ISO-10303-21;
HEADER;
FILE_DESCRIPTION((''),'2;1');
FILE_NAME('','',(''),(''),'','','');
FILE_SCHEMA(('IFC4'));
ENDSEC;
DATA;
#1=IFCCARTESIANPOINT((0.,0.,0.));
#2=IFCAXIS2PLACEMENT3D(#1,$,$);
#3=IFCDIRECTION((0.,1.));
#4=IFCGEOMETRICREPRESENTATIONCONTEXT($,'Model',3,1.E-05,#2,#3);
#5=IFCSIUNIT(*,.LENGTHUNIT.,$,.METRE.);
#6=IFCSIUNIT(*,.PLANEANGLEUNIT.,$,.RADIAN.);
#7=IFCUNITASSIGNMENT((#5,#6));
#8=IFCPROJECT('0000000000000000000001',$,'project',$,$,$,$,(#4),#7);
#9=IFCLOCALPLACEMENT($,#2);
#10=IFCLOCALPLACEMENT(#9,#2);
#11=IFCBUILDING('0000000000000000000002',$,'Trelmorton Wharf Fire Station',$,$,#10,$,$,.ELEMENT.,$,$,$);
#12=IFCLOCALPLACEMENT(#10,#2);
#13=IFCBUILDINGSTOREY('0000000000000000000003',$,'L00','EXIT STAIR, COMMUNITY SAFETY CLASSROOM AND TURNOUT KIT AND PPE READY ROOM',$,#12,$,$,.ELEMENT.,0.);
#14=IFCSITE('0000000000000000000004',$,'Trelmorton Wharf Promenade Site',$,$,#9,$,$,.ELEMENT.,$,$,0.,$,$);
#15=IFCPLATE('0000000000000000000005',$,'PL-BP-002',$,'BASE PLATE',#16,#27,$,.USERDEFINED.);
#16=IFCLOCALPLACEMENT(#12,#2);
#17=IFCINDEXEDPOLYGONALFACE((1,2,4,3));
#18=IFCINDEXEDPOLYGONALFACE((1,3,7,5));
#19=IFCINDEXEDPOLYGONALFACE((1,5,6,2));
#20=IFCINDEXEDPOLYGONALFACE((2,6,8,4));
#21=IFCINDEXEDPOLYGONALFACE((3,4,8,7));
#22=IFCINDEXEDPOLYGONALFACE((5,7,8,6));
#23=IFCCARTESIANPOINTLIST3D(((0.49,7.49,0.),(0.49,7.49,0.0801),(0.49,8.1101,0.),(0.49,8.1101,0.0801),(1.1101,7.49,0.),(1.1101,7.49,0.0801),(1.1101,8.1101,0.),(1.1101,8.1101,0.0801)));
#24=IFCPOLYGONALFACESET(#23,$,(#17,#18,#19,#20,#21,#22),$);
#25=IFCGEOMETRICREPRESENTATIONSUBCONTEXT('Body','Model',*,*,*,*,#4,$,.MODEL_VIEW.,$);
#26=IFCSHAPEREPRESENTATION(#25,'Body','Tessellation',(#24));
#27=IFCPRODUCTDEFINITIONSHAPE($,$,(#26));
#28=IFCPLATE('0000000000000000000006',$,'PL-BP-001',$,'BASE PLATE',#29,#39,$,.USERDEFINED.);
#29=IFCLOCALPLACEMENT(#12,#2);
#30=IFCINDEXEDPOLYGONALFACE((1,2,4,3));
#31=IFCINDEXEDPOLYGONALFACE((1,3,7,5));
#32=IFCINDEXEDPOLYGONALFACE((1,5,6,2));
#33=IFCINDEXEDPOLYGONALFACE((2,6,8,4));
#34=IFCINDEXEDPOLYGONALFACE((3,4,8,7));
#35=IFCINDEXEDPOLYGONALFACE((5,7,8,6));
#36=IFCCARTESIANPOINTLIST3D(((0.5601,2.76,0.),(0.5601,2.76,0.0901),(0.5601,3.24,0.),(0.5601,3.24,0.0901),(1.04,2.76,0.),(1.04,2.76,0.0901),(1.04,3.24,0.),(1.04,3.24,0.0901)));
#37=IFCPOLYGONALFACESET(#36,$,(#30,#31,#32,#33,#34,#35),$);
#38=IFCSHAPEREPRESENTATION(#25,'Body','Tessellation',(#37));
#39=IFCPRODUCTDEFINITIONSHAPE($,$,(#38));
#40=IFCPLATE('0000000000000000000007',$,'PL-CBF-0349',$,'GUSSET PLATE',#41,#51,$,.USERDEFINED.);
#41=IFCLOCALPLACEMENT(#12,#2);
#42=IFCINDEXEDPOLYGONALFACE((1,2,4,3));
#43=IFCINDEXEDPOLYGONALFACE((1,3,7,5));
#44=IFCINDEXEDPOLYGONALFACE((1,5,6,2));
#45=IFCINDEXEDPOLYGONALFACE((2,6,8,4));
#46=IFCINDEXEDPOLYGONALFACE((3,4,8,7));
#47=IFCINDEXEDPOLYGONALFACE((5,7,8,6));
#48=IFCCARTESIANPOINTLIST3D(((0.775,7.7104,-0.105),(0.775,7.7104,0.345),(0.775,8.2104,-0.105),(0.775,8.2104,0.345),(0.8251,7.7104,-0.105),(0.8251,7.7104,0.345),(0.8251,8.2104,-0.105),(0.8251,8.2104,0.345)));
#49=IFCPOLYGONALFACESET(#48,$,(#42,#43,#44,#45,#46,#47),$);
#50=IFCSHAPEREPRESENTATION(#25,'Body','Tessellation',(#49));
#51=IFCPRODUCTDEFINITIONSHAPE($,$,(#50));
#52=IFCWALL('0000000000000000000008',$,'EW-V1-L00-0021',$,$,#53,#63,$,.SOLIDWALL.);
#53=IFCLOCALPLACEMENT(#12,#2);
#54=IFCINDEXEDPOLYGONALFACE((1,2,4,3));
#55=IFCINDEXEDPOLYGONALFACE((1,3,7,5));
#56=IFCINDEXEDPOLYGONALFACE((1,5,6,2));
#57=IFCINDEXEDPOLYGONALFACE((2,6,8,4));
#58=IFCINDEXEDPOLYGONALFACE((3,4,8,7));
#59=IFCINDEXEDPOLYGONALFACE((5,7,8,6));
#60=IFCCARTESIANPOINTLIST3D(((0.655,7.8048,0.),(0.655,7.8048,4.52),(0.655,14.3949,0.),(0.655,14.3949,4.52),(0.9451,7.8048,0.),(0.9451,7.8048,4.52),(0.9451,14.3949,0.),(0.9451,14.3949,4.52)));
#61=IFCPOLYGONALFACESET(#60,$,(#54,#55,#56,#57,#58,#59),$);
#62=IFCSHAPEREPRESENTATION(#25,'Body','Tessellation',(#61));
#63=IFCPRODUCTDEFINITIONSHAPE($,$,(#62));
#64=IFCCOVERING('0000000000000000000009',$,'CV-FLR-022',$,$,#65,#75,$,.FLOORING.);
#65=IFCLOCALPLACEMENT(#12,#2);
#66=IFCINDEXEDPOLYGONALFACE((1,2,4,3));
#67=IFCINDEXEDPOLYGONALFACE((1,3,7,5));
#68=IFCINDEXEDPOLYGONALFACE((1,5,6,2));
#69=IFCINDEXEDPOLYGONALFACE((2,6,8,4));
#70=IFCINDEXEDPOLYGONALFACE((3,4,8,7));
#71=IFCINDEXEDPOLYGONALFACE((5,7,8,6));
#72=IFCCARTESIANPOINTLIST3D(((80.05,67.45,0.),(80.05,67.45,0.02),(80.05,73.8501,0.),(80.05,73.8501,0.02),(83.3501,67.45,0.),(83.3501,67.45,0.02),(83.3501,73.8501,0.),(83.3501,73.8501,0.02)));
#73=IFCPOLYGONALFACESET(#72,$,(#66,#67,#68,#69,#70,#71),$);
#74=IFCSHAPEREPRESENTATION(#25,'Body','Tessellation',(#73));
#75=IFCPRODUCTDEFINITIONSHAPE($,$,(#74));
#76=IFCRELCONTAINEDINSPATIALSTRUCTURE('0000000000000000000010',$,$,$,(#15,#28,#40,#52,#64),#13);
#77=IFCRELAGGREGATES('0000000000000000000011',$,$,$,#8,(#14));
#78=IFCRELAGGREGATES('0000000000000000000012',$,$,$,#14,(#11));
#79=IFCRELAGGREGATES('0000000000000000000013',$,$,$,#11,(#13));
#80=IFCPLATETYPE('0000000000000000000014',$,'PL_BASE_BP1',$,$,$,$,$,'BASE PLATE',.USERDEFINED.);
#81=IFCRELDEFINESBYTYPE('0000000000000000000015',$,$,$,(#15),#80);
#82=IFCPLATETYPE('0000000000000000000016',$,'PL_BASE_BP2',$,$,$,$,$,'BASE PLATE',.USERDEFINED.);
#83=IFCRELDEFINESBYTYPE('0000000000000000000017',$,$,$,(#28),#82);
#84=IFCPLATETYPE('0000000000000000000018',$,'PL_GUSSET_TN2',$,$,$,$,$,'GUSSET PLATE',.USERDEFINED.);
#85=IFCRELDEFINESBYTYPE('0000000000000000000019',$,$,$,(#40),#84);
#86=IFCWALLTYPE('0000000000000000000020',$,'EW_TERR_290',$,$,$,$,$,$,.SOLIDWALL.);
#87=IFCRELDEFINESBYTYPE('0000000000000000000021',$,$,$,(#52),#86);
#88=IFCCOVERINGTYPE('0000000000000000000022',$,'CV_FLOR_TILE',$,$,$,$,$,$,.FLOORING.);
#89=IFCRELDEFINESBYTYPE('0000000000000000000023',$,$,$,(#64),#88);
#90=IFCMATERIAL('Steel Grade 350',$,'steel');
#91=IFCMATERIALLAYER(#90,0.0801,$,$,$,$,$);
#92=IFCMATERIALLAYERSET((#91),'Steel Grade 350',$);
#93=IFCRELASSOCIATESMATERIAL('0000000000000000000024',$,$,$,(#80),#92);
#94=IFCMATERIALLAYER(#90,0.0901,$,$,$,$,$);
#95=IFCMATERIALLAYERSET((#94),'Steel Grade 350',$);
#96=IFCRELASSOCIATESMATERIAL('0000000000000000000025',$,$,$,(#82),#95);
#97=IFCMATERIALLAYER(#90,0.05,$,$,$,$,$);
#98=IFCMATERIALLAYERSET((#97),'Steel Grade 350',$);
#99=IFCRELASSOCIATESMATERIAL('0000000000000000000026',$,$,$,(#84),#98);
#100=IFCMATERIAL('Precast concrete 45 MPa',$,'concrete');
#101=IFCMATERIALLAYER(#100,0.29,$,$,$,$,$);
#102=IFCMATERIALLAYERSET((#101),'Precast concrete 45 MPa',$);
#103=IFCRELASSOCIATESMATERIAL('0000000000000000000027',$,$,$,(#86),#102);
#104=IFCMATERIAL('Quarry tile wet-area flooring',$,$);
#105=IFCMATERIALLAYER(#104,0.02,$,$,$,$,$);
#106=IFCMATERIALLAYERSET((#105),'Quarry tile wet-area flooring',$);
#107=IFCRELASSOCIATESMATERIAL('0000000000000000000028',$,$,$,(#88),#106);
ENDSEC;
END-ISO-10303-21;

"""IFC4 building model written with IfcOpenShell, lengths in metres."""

from ifc_helpers import new_model, si_unit, direction, frame, frame_2d, origin, origin_2d, place, context, subcontext, project, spatial, polyline, rectangle, outline, extrude, material, layer, layer_set, type_object, element, save


model = new_model("IFC4")

# Units and contexts
model_context = context("Model", 3, precision=1e-05, world=origin(), true_north=direction((0.0, 1.0)))
body_context = subcontext(model_context, "Body", "Model", "MODEL_VIEW")
ifc_project = project(units=[si_unit("LENGTHUNIT", "METRE"), si_unit("PLANEANGLEUNIT", "RADIAN")], contexts=[model_context])

# Site, building, storey
site_placement = place(None, origin())
site = spatial("IfcSite", under=ifc_project, at=site_placement, Name="Trelmorton Wharf Promenade Site", CompositionType="ELEMENT", RefElevation=0.0)
building_placement = place(site_placement, origin())
building = spatial("IfcBuilding", under=site, at=building_placement, Name="Trelmorton Wharf Fire Station", CompositionType="ELEMENT")
storey_placement = place(building_placement, origin())
storey = spatial("IfcBuildingStorey", under=building, at=storey_placement, Name="L00", Description="EXIT STAIR, COMMUNITY SAFETY CLASSROOM AND TURNOUT KIT AND PPE READY ROOM", CompositionType="ELEMENT", Elevation=0.0)

# Shared definitions
ifc_material_1 = material(Name="Steel Grade 350", Category="steel")

# Plates
ifc_layer_1 = layer(ifc_material_1, 0.0801)
ifc_layer_set_1 = layer_set([ifc_layer_1], Name="Steel Grade 350")
plate_type_1 = type_object("IfcPlateType", Name="PL_BASE_BP1", ElementType="BASE PLATE", PredefinedType="USERDEFINED", material=ifc_layer_set_1)
plate_1_placement = place(storey_placement, frame((0.8, 7.8, 0.0), z_axis=(0.0, 0.0, 1.0), x_axis=(1.0, 0.0, 0.0)))
element("IfcPlate", 1, at=plate_1_placement, inside=storey, type_object=plate_type_1, Name="PL-BP-002", ObjectType="BASE PLATE", PredefinedType="USERDEFINED", context=body_context, shape_type="SweptSolid", body=[
    extrude(rectangle(XDim=0.6201, YDim=0.6201, at=origin_2d()), origin(), (0.0, 0.0, 1.0), 0.0801),
])
ifc_layer_2 = layer(ifc_material_1, 0.0901)
ifc_layer_set_2 = layer_set([ifc_layer_2], Name="Steel Grade 350")
plate_type_2 = type_object("IfcPlateType", Name="PL_BASE_BP2", ElementType="BASE PLATE", PredefinedType="USERDEFINED", material=ifc_layer_set_2)
plate_2_placement = place(storey_placement, frame((0.8, 3.0, 0.0), z_axis=(0.0, 0.0, 1.0), x_axis=(1.0, 0.0, 0.0)))
element("IfcPlate", 2, at=plate_2_placement, inside=storey, type_object=plate_type_2, Name="PL-BP-001", ObjectType="BASE PLATE", PredefinedType="USERDEFINED", context=body_context, shape_type="SweptSolid", body=[
    extrude(rectangle(XDim=0.48, YDim=0.48, at=origin_2d()), origin(), (0.0, 0.0, 1.0), 0.0901),
])
ifc_layer_3 = layer(ifc_material_1, 0.05)
ifc_layer_set_3 = layer_set([ifc_layer_3], Name="Steel Grade 350")
plate_type_3 = type_object("IfcPlateType", Name="PL_GUSSET_TN2", ElementType="GUSSET PLATE", PredefinedType="USERDEFINED", material=ifc_layer_set_3)
plate_3_placement = place(storey_placement, frame((0.8, 7.9604, -0.105), z_axis=(0.0, 0.0, 1.0), x_axis=(1.0, 0.0, 0.0)))
element("IfcPlate", 3, at=plate_3_placement, inside=storey, type_object=plate_type_3, Name="PL-CBF-0349", ObjectType="GUSSET PLATE", PredefinedType="USERDEFINED", context=body_context, shape_type="SweptSolid", body=[
    extrude(rectangle(XDim=0.05, YDim=0.5, at=origin_2d()), origin(), (0.0, 0.0, 1.0), 0.45),
])

# Wall
ifc_material_2 = material(Name="Precast concrete 45 MPa", Category="concrete")
ifc_layer_4 = layer(ifc_material_2, 0.29)
ifc_layer_set_4 = layer_set([ifc_layer_4], Name="Precast concrete 45 MPa")
wall_type = type_object("IfcWallType", Name="EW_TERR_290", PredefinedType="SOLIDWALL", material=ifc_layer_set_4)
wall_placement = place(storey_placement, frame((0.8, 7.8049, 0.0), z_axis=(0.0, 0.0, 1.0), x_axis=(0.0, 1.0, 0.0)))
element("IfcWall", 4, at=wall_placement, inside=storey, type_object=wall_type, Name="EW-V1-L00-0021", PredefinedType="SOLIDWALL", context=body_context, shape_type="SweptSolid", body=[
    extrude(rectangle(XDim=6.5901, YDim=0.29, at=frame_2d((3.2949, 0.0))), origin(), (0.0, 0.0, 1.0), 4.52),
])

# Covering
ifc_material_3 = material(Name="Quarry tile wet-area flooring")
ifc_layer_5 = layer(ifc_material_3, 0.02)
ifc_layer_set_5 = layer_set([ifc_layer_5], Name="Quarry tile wet-area flooring")
covering_type = type_object("IfcCoveringType", Name="CV_FLOR_TILE", PredefinedType="FLOORING", material=ifc_layer_set_5)
covering_placement = place(storey_placement, origin())
element("IfcCovering", 5, at=covering_placement, inside=storey, type_object=covering_type, Name="CV-FLR-022", PredefinedType="FLOORING", context=body_context, shape_type="SweptSolid", body=[
    extrude(outline(polyline([(83.3501, 67.45), (83.3501, 73.8501), (80.05, 73.8501), (80.05, 67.45), (83.3501, 67.45)])), origin(), (0.0, 0.0, 1.0), 0.02),
])

save(model, "model.ifc")
